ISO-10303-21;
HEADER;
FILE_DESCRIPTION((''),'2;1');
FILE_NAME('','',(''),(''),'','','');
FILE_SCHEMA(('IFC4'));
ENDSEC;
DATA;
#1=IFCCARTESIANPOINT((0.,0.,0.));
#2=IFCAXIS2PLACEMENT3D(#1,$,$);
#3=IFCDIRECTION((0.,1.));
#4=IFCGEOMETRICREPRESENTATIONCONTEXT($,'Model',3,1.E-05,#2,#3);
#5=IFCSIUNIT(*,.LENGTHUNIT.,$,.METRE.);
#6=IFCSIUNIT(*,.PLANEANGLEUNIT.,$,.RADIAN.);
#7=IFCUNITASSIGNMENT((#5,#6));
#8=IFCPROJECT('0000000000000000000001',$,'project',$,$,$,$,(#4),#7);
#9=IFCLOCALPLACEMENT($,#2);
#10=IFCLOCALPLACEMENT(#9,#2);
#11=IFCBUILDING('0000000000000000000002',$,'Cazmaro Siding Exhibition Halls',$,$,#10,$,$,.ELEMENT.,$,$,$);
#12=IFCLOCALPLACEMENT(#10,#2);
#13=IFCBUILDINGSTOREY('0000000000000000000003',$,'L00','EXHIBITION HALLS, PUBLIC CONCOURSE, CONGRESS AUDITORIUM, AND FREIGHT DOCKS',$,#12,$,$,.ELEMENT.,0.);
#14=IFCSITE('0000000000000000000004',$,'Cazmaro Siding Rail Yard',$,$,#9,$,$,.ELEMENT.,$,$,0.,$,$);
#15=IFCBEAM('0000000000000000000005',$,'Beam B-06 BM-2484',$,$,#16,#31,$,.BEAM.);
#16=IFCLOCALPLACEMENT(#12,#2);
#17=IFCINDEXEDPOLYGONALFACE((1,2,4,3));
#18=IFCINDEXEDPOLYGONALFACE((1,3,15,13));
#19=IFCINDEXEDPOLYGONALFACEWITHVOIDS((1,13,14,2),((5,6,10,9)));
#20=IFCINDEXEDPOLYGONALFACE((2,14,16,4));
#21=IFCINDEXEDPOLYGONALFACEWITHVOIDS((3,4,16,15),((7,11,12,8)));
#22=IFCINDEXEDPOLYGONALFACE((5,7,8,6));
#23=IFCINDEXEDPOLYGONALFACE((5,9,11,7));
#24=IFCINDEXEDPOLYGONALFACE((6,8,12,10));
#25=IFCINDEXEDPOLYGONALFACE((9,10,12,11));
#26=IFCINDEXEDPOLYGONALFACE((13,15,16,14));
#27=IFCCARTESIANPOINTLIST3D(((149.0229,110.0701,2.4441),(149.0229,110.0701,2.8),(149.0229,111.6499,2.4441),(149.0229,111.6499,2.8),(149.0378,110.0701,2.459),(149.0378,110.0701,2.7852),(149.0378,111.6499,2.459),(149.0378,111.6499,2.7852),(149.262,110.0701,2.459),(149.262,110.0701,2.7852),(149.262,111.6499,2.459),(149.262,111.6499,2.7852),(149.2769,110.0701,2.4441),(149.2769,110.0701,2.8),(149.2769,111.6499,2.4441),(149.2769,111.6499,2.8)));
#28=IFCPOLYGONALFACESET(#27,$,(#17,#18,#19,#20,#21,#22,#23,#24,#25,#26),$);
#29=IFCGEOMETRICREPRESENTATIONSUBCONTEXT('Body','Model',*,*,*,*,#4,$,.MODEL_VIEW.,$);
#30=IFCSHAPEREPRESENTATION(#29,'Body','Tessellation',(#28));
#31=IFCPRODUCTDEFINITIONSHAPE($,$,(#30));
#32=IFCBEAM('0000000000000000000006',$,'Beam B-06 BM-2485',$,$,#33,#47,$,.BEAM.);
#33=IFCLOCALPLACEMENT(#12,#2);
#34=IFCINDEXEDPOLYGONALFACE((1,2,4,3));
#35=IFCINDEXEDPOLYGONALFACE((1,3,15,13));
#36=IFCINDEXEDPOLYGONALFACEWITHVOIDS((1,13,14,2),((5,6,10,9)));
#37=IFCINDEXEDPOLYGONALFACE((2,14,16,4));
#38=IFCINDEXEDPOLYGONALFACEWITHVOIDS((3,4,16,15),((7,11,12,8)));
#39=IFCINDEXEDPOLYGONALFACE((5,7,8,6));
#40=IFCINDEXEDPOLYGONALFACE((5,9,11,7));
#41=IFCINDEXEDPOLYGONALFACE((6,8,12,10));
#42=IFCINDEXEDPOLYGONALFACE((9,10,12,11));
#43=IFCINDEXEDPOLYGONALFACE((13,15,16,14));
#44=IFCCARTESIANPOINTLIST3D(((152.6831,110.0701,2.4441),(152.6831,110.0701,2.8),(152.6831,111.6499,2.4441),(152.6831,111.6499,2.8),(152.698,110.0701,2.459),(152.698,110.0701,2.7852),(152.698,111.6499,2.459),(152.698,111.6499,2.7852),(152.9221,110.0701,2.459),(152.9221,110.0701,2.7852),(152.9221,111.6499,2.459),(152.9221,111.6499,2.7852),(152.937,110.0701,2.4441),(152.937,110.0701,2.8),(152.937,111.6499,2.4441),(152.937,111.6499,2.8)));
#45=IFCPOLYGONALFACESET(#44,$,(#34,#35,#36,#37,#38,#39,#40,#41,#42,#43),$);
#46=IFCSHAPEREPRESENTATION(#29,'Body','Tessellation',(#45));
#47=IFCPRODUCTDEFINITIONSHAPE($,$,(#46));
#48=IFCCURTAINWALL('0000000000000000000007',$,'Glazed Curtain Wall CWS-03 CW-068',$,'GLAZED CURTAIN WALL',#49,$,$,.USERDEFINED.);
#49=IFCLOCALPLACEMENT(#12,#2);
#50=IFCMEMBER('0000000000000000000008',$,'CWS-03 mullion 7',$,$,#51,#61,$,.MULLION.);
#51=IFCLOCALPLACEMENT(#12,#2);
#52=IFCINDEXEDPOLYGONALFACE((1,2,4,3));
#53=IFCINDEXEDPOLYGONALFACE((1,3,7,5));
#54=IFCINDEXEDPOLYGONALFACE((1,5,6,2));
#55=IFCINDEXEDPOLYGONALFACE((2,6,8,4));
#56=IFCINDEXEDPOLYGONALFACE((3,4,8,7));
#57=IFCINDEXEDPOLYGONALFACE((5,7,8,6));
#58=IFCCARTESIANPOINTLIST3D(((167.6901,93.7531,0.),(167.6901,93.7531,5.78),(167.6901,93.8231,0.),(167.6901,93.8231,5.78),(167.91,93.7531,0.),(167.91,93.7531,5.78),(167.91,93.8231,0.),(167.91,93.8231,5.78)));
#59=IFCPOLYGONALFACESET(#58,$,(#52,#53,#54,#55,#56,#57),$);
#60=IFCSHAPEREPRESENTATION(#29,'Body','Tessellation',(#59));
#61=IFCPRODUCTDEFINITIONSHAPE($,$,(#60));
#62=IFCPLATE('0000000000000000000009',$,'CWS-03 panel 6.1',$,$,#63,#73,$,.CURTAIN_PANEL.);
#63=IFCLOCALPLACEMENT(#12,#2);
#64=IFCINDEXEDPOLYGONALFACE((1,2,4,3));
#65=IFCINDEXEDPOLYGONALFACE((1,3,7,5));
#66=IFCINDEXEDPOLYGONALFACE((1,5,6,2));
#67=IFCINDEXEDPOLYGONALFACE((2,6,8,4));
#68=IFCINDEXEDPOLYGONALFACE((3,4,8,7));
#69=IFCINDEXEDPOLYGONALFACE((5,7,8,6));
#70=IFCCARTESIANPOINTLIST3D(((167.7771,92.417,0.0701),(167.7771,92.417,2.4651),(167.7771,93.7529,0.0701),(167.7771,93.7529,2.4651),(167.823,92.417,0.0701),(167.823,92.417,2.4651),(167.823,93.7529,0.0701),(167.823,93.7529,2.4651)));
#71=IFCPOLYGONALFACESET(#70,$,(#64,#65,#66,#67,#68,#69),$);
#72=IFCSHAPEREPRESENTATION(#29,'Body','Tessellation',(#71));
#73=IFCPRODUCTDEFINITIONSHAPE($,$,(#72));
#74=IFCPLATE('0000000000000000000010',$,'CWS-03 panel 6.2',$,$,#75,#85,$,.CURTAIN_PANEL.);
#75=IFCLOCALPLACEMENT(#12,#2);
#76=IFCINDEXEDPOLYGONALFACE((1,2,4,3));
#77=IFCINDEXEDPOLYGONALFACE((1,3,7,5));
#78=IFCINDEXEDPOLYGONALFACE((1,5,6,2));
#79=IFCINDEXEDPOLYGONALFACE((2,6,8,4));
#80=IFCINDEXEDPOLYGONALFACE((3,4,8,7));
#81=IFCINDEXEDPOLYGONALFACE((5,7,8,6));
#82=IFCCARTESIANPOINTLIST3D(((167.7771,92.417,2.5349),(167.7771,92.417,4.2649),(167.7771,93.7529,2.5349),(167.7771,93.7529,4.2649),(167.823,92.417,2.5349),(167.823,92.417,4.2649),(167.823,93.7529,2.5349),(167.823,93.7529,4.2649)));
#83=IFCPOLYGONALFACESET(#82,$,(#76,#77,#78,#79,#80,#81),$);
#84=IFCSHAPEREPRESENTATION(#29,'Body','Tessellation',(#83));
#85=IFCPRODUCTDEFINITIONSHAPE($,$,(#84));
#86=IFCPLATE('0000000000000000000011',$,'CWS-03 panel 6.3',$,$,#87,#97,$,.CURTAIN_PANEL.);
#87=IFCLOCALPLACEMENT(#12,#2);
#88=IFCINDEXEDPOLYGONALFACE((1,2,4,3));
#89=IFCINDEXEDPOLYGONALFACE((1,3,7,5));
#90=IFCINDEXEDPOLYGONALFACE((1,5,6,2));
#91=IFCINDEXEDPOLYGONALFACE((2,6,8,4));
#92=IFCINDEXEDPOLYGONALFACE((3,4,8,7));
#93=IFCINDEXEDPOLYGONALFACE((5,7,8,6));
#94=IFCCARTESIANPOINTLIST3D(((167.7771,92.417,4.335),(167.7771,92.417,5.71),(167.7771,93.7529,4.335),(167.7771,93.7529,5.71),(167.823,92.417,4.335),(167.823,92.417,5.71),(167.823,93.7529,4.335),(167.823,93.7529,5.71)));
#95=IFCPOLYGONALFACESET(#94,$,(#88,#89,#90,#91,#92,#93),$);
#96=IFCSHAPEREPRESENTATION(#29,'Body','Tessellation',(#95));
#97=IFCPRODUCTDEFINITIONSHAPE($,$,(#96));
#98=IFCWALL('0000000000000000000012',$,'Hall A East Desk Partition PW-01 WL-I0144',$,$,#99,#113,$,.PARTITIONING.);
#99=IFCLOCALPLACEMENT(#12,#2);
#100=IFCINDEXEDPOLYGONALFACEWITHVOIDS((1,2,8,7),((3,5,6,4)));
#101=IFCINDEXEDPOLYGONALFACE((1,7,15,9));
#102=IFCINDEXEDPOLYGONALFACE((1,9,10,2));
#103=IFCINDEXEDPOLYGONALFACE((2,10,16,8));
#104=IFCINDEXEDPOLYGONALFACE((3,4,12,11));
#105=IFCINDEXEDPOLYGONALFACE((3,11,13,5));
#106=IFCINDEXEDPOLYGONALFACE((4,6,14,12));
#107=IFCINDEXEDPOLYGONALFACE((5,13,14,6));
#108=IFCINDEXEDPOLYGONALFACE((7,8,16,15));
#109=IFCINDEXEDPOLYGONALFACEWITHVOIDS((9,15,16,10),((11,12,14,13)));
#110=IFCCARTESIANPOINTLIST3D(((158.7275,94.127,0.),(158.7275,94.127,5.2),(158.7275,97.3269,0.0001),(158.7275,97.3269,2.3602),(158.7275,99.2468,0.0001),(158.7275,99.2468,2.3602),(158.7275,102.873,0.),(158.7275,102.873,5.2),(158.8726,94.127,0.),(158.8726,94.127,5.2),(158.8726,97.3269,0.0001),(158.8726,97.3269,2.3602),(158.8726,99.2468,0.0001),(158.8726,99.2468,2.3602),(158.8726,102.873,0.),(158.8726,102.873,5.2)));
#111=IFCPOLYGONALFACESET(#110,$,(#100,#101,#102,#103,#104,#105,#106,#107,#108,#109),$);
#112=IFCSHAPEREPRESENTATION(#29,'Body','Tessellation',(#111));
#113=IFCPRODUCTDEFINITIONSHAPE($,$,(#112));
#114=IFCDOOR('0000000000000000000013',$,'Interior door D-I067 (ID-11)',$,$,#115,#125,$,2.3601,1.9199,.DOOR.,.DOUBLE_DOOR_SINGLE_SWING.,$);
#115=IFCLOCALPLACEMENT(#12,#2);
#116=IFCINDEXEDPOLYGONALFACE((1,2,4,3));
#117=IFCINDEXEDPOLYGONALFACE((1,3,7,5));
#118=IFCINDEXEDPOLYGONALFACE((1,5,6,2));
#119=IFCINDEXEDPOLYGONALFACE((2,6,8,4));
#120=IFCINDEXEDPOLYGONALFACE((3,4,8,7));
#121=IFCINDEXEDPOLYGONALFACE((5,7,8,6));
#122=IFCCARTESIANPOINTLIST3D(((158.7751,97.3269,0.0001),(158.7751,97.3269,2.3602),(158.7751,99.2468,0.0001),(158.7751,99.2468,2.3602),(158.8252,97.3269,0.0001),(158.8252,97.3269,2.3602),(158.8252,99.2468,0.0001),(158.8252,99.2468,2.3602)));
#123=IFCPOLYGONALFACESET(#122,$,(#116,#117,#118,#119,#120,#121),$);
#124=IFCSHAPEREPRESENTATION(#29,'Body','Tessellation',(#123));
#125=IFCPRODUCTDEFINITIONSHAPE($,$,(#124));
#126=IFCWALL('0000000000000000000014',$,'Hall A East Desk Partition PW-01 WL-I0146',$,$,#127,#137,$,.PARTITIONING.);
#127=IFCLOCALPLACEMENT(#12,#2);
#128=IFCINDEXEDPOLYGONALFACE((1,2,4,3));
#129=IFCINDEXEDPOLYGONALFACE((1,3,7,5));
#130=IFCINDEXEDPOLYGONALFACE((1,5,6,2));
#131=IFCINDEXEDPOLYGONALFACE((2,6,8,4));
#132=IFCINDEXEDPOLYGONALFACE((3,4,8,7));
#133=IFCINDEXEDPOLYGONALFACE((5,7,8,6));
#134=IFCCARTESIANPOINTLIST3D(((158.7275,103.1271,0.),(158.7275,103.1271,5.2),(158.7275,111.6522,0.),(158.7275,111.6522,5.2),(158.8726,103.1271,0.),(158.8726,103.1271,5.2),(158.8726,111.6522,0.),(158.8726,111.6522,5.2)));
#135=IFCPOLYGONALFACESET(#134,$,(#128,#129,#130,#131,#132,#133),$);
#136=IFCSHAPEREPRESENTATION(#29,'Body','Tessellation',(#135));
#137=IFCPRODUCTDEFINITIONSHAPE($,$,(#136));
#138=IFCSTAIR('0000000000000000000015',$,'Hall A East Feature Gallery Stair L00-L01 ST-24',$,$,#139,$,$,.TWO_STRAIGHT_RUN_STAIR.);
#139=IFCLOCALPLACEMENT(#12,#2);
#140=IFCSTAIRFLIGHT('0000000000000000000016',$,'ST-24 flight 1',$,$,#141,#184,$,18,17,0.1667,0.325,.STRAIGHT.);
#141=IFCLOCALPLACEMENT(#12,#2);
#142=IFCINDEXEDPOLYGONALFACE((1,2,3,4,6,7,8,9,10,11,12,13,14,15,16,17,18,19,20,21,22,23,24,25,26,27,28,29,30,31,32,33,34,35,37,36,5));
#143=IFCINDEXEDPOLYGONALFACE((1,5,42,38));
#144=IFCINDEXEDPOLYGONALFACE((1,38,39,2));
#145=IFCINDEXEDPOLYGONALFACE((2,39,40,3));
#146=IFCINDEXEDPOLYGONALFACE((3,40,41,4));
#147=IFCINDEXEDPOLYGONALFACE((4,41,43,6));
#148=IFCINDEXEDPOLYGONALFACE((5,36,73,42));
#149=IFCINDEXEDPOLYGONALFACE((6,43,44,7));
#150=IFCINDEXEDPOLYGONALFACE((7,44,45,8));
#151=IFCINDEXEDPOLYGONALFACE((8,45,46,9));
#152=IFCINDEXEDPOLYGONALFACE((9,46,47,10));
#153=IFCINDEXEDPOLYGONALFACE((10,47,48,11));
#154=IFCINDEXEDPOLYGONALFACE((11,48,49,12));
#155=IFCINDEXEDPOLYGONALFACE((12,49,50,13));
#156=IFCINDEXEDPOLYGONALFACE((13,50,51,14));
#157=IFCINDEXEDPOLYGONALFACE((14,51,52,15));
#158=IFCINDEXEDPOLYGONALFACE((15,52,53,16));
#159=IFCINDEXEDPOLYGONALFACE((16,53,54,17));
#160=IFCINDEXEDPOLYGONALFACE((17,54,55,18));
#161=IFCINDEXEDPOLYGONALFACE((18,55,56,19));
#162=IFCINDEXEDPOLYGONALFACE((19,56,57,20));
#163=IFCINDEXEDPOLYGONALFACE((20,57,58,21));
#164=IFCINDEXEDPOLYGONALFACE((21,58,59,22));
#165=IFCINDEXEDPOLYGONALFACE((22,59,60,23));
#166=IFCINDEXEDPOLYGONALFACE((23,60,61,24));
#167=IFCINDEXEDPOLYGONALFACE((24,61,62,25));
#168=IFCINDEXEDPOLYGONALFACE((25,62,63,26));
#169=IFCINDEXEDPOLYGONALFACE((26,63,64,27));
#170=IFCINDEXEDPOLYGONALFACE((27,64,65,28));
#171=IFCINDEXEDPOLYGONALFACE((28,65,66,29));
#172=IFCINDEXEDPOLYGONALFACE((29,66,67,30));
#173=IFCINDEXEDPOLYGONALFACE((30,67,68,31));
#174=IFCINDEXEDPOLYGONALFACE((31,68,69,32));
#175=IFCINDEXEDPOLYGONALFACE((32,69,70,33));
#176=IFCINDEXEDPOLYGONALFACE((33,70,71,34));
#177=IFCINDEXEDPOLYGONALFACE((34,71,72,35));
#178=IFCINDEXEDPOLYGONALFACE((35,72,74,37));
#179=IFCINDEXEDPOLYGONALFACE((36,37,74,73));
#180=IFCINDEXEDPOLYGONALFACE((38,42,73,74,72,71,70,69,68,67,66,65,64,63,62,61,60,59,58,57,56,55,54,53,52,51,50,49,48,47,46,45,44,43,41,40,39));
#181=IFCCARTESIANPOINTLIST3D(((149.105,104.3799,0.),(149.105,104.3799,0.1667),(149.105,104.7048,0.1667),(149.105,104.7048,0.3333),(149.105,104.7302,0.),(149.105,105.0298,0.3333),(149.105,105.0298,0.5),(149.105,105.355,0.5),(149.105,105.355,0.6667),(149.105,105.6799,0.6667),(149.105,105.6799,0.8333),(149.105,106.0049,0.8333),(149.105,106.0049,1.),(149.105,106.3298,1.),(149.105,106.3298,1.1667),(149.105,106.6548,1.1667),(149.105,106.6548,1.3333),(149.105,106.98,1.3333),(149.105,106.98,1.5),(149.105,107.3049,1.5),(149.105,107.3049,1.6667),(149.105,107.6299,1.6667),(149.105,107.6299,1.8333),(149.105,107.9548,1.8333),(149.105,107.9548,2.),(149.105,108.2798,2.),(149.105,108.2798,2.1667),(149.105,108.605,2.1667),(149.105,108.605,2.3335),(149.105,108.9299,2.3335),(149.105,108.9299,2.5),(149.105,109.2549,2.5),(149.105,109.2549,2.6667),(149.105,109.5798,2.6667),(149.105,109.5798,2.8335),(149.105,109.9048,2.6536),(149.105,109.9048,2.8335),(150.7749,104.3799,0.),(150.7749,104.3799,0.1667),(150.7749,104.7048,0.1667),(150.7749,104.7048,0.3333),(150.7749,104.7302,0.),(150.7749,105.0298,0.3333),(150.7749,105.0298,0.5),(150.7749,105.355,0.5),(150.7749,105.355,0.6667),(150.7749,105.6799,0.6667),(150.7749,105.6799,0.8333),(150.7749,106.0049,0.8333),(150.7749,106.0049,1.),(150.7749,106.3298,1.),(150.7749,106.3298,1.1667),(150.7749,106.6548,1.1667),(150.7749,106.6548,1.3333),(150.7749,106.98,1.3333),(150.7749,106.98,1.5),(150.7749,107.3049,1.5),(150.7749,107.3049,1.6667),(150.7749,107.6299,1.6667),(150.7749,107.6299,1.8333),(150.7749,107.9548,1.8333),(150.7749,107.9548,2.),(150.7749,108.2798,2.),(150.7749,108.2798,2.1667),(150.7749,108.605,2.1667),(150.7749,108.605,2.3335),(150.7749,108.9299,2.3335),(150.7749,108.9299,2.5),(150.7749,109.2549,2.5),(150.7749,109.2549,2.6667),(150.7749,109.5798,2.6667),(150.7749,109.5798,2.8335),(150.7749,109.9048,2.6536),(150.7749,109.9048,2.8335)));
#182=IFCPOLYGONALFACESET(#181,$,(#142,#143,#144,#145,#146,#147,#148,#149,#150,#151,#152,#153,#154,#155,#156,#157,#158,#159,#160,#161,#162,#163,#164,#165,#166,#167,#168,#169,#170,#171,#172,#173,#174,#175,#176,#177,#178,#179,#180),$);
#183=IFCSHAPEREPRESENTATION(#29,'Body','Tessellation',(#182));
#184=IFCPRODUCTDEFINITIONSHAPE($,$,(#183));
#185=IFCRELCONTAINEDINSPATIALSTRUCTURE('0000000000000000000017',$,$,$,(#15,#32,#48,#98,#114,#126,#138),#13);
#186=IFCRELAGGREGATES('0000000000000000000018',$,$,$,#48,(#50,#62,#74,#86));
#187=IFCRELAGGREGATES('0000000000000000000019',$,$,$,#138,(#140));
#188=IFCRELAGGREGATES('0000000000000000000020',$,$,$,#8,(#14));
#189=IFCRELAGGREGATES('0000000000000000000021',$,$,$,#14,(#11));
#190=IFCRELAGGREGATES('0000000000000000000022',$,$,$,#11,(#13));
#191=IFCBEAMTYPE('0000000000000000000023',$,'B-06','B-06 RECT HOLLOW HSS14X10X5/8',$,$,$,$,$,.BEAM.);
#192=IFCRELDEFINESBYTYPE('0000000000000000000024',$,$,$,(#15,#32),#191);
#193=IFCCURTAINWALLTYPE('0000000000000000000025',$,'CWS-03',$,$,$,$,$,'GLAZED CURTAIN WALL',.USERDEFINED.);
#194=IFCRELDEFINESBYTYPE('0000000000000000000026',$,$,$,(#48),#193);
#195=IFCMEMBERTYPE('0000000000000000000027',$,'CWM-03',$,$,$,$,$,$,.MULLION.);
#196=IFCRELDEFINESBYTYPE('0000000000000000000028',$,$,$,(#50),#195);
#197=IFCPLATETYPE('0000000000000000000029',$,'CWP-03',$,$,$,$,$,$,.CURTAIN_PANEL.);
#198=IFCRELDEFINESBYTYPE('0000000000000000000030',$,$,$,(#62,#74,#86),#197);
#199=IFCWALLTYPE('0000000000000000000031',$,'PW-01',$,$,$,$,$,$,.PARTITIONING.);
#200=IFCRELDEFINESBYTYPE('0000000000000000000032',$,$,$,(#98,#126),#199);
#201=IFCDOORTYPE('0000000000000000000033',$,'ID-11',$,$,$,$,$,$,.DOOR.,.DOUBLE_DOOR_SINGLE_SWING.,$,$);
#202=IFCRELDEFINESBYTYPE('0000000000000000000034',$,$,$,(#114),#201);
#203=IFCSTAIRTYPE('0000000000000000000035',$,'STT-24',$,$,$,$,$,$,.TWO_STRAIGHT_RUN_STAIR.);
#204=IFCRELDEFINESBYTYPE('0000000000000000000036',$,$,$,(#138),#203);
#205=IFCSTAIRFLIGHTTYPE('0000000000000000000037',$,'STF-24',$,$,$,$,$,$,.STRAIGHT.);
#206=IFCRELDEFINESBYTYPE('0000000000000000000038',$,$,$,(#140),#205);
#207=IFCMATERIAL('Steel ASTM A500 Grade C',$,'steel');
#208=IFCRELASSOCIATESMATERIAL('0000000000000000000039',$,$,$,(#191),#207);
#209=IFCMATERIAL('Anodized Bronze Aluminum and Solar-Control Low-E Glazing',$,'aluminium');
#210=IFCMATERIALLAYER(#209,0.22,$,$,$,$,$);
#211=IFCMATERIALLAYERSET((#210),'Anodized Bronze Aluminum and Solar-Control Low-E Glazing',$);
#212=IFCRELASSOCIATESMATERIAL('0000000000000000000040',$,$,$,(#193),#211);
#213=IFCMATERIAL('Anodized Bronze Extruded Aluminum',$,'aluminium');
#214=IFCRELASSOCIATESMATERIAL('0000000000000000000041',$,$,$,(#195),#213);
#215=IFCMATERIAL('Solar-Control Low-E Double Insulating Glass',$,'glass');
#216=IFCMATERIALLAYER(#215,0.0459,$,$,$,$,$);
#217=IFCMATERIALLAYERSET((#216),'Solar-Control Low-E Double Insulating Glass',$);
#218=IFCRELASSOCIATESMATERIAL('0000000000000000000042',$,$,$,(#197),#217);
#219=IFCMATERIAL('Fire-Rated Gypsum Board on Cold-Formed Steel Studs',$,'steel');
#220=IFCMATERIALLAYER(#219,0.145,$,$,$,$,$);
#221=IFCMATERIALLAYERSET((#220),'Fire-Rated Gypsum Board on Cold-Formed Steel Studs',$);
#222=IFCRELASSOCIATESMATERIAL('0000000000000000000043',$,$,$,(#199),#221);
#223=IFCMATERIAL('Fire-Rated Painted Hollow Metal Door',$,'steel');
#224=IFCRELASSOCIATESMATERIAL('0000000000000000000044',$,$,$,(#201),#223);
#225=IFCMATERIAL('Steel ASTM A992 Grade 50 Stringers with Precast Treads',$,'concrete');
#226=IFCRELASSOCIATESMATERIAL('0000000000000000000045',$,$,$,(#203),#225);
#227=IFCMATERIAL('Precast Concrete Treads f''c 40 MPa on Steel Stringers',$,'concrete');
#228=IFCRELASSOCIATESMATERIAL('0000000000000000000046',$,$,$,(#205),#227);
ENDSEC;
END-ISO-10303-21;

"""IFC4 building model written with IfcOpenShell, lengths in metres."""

from ifc_helpers import new_model, si_unit, direction, frame, frame_2d, origin, origin_2d, place, context, subcontext, project, spatial, polyline, rectangle, hollow_rectangle, outline, extrude, material, layer, layer_set, material_profile, profile_set, type_object, element, fill, aggregate, save


model = new_model("IFC4")

# Units and contexts
model_context = context("Model", 3, precision=1e-05, world=origin(), true_north=direction((0.0, 1.0)))
body_context = subcontext(model_context, "Body", "Model", "MODEL_VIEW")
ifc_project = project(units=[si_unit("LENGTHUNIT", "METRE"), si_unit("PLANEANGLEUNIT", "RADIAN")], contexts=[model_context])

# Site, building, storey
site_placement = place(None, origin())
site = spatial("IfcSite", under=ifc_project, at=site_placement, Name="Cazmaro Siding Rail Yard", CompositionType="ELEMENT", RefElevation=0.0)
building_placement = place(site_placement, origin())
building = spatial("IfcBuilding", under=site, at=building_placement, Name="Cazmaro Siding Exhibition Halls", CompositionType="ELEMENT")
storey_placement = place(building_placement, origin())
storey = spatial("IfcBuildingStorey", under=building, at=storey_placement, Name="L00", Description="EXHIBITION HALLS, PUBLIC CONCOURSE, CONGRESS AUDITORIUM, AND FREIGHT DOCKS", CompositionType="ELEMENT", Elevation=0.0)

# Beams
ifc_material_1 = material(Name="Steel ASTM A500 Grade C", Category="steel")
ifc_material_profile_1 = material_profile(ifc_material_1, hollow_rectangle(XDim=0.2539, YDim=0.356, WallThickness=0.0149, at=origin_2d()), Name="HSS14X10X5/8")
ifc_profile_set_1 = profile_set([ifc_material_profile_1], Name="Steel ASTM A500 Grade C")
beam_type = type_object("IfcBeamType", Name="B-06", Description="B-06 RECT HOLLOW HSS14X10X5/8", PredefinedType="BEAM", material=ifc_profile_set_1)
for number, where, z_axis, x_axis, name in (
    (1, (149.1499, 110.0701, 2.6221), (0.0, 1.0, 0.0), (-1.0, 0.0, 0.0), "Beam B-06 BM-2484"),
    (2, (152.8101, 110.0701, 2.6221), (0.0, 1.0, 0.0), (-1.0, 0.0, 0.0), "Beam B-06 BM-2485"),
):
    element("IfcBeam", number, at=place(storey_placement, frame(where, z_axis=z_axis, x_axis=x_axis)), inside=storey, type_object=beam_type, Name=name, PredefinedType="BEAM", context=body_context, shape_type="SweptSolid", body=[
        extrude(hollow_rectangle(XDim=0.2539, YDim=0.356, WallThickness=0.0149, at=origin_2d()), origin(), (0.0, 0.0, 1.0), 1.5798),
    ])

# Curtain wall, member, plates
ifc_material_2 = material(Name="Anodized Bronze Aluminum and Solar-Control Low-E Glazing", Category="aluminium")
ifc_layer_1 = layer(ifc_material_2, 0.22)
ifc_layer_set_1 = layer_set([ifc_layer_1], Name="Anodized Bronze Aluminum and Solar-Control Low-E Glazing")
curtain_wall_type = type_object("IfcCurtainWallType", Name="CWS-03", ElementType="GLAZED CURTAIN WALL", PredefinedType="USERDEFINED", material=ifc_layer_set_1)
curtain_wall_placement = place(storey_placement, origin())
curtain_wall = element("IfcCurtainWall", 3, at=curtain_wall_placement, inside=storey, type_object=curtain_wall_type, Name="Glazed Curtain Wall CWS-03 CW-068", ObjectType="GLAZED CURTAIN WALL", PredefinedType="USERDEFINED")
ifc_material_3 = material(Name="Anodized Bronze Extruded Aluminum", Category="aluminium")
ifc_material_profile_2 = material_profile(ifc_material_3, rectangle(XDim=0.22, YDim=0.0701, at=origin_2d()), Name="CWM-03")
ifc_profile_set_2 = profile_set([ifc_material_profile_2], Name="Anodized Bronze Extruded Aluminum")
member_type = type_object("IfcMemberType", Name="CWM-03", PredefinedType="MULLION", material=ifc_profile_set_2)
member_placement = place(storey_placement, frame((167.8, 93.7881, 0.0), z_axis=(0.0, 0.0, 1.0), x_axis=(-1.0, 0.0, 0.0)))
member = element("IfcMember", 4, at=member_placement, type_object=member_type, Name="CWS-03 mullion 7", PredefinedType="MULLION", context=body_context, shape_type="SweptSolid", body=[
    extrude(rectangle(XDim=0.22, YDim=0.0701, at=origin_2d()), origin(), (0.0, 0.0, 1.0), 5.78),
])
ifc_material_4 = material(Name="Solar-Control Low-E Double Insulating Glass", Category="glass")
ifc_layer_2 = layer(ifc_material_4, 0.0459)
ifc_layer_set_2 = layer_set([ifc_layer_2], Name="Solar-Control Low-E Double Insulating Glass")
plate_type = type_object("IfcPlateType", Name="CWP-03", PredefinedType="CURTAIN_PANEL", material=ifc_layer_set_2)
plate_1_placement = place(storey_placement, frame((167.8, 93.085, 0.0701), z_axis=(0.0, 0.0, 1.0), x_axis=(0.0, 1.0, 0.0)))
plate_1 = element("IfcPlate", 5, at=plate_1_placement, type_object=plate_type, Name="CWS-03 panel 6.1", PredefinedType="CURTAIN_PANEL", context=body_context, shape_type="SweptSolid", body=[
    extrude(rectangle(XDim=1.3359, YDim=0.0459, at=origin_2d()), origin(), (0.0, 0.0, 1.0), 2.395),
])
plate_2_placement = place(storey_placement, frame((167.8, 93.085, 2.5349), z_axis=(0.0, 0.0, 1.0), x_axis=(0.0, 1.0, 0.0)))
plate_2 = element("IfcPlate", 6, at=plate_2_placement, type_object=plate_type, Name="CWS-03 panel 6.2", PredefinedType="CURTAIN_PANEL", context=body_context, shape_type="SweptSolid", body=[
    extrude(rectangle(XDim=1.3359, YDim=0.0459, at=origin_2d()), origin(), (0.0, 0.0, 1.0), 1.73),
])
plate_3_placement = place(storey_placement, frame((167.8, 93.085, 4.335), z_axis=(0.0, 0.0, 1.0), x_axis=(0.0, 1.0, 0.0)))
plate_3 = element("IfcPlate", 7, at=plate_3_placement, type_object=plate_type, Name="CWS-03 panel 6.3", PredefinedType="CURTAIN_PANEL", context=body_context, shape_type="SweptSolid", body=[
    extrude(rectangle(XDim=1.3359, YDim=0.0459, at=origin_2d()), origin(), (0.0, 0.0, 1.0), 1.375),
])
aggregate(curtain_wall, [member, plate_1, plate_2, plate_3])

# Wall, opening, door
ifc_material_5 = material(Name="Fire-Rated Gypsum Board on Cold-Formed Steel Studs", Category="steel")
ifc_layer_3 = layer(ifc_material_5, 0.145)
ifc_layer_set_3 = layer_set([ifc_layer_3], Name="Fire-Rated Gypsum Board on Cold-Formed Steel Studs")
wall_type = type_object("IfcWallType", Name="PW-01", PredefinedType="PARTITIONING", material=ifc_layer_set_3)
wall_1_placement = place(storey_placement, frame((158.8, 94.127, 0.0), z_axis=(0.0, 0.0, 1.0), x_axis=(0.0, 1.0, 0.0)))
wall_1 = element("IfcWall", 8, at=wall_1_placement, inside=storey, type_object=wall_type, Name="Hall A East Desk Partition PW-01 WL-I0144", PredefinedType="PARTITIONING", context=body_context, shape_type="SweptSolid", body=[
    extrude(rectangle(XDim=8.7461, YDim=0.145, at=frame_2d((4.373, 0.0))), origin(), (0.0, 0.0, 1.0), 5.2),
])
opening_placement = place(wall_1_placement, frame((3.2, 0.0, 0.0)))
opening = element("IfcOpeningElement", 9, at=opening_placement, cuts=wall_1, PredefinedType="OPENING", context=body_context, shape_type="SweptSolid", body=[
    extrude(rectangle(XDim=1.9199, YDim=2.3601, at=frame_2d((0.96, 1.1802))), frame((0.0, 0.0825, 0.0), z_axis=(0.0, -1.0, 0.0), x_axis=(1.0, 0.0, 0.0)), (0.0, 0.0, 1.0), 0.165),
])
ifc_material_6 = material(Name="Fire-Rated Painted Hollow Metal Door", Category="steel")
door_type = type_object("IfcDoorType", Name="ID-11", OperationType="DOUBLE_DOOR_SINGLE_SWING", PredefinedType="DOOR", material=ifc_material_6)
door_placement = place(opening_placement, origin())
door = element("IfcDoor", 10, at=door_placement, inside=storey, type_object=door_type, Name="Interior door D-I067 (ID-11)", OperationType="DOUBLE_DOOR_SINGLE_SWING", OverallHeight=2.3601, OverallWidth=1.9199, PredefinedType="DOOR", context=body_context, shape_type="SweptSolid", body=[
    extrude(rectangle(XDim=1.9199, YDim=2.3601, at=frame_2d((0.96, 1.1802))), frame((0.0, 0.0249, 0.0), z_axis=(0.0, -1.0, 0.0), x_axis=(1.0, 0.0, 0.0)), (0.0, 0.0, 1.0), 0.05),
])
fill(opening, door)

# Wall
wall_2_placement = place(storey_placement, frame((158.8, 103.127, 0.0), z_axis=(0.0, 0.0, 1.0), x_axis=(0.0, 1.0, 0.0)))
element("IfcWall", 11, at=wall_2_placement, inside=storey, type_object=wall_type, Name="Hall A East Desk Partition PW-01 WL-I0146", PredefinedType="PARTITIONING", context=body_context, shape_type="SweptSolid", body=[
    extrude(rectangle(XDim=8.5251, YDim=0.145, at=frame_2d((4.2627, 0.0))), origin(), (0.0, 0.0, 1.0), 5.2),
])

# Stair, stair flight
ifc_material_7 = material(Name="Steel ASTM A992 Grade 50 Stringers with Precast Treads", Category="concrete")
stair_type = type_object("IfcStairType", Name="STT-24", PredefinedType="TWO_STRAIGHT_RUN_STAIR", material=ifc_material_7)
stair_placement = place(storey_placement, origin())
stair = element("IfcStair", 12, at=stair_placement, inside=storey, type_object=stair_type, Name="Hall A East Feature Gallery Stair L00-L01 ST-24", PredefinedType="TWO_STRAIGHT_RUN_STAIR")
ifc_material_8 = material(Name="Precast Concrete Treads f'c 40 MPa on Steel Stringers", Category="concrete")
stair_flight_type = type_object("IfcStairFlightType", Name="STF-24", PredefinedType="STRAIGHT", material=ifc_material_8)
stair_flight_1_placement = place(storey_placement, frame((149.9399, 104.3799, 0.0), z_axis=(0.0, 0.0, 1.0), x_axis=(0.0, 1.0, 0.0)))
stair_flight_1 = element("IfcStairFlight", 13, at=stair_flight_1_placement, type_object=stair_flight_type, Name="ST-24 flight 1", NumberOfRisers=18, NumberOfTreads=17, PredefinedType="STRAIGHT", RiserHeight=0.1667, TreadLength=0.325, context=body_context, shape_type="SweptSolid", body=[
    extrude(outline(polyline([(0.0, 0.0), (0.0, 0.1667), (0.325, 0.1667), (0.325, 0.3333), (0.6499, 0.3333), (0.6499, 0.5), (0.9751, 0.5), (0.9751, 0.6667), (1.3, 0.6667), (1.3, 0.8333), (1.625, 0.8333), (1.625, 1.0), (1.95, 1.0), (1.95, 1.1667), (2.2749, 1.1667), (2.2749, 1.3333), (2.6001, 1.3333), (2.6001, 1.5), (2.925, 1.5), (2.925, 1.6667), (3.25, 1.6667), (3.25, 1.8333), (3.575, 1.8333), (3.575, 2.0), (3.8999, 2.0), (3.8999, 2.1667), (4.2251, 2.1667), (4.2251, 2.3335), (4.55, 2.3335), (4.55, 2.5), (4.875, 2.5), (4.875, 2.6667), (5.2, 2.6667), (5.2, 2.8335), (5.5249, 2.8335), (5.5249, 3.0), (5.5249, 2.6536), (0.3503, 0.0), (0.0, 0.0)])), frame((0.0, 0.835, 0.0), z_axis=(0.0, -1.0, 0.0), x_axis=(1.0, 0.0, 0.0)), (0.0, 0.0, 1.0), 1.6699),
])
aggregate(stair, [stair_flight_1])

save(model, "model.ifc")
